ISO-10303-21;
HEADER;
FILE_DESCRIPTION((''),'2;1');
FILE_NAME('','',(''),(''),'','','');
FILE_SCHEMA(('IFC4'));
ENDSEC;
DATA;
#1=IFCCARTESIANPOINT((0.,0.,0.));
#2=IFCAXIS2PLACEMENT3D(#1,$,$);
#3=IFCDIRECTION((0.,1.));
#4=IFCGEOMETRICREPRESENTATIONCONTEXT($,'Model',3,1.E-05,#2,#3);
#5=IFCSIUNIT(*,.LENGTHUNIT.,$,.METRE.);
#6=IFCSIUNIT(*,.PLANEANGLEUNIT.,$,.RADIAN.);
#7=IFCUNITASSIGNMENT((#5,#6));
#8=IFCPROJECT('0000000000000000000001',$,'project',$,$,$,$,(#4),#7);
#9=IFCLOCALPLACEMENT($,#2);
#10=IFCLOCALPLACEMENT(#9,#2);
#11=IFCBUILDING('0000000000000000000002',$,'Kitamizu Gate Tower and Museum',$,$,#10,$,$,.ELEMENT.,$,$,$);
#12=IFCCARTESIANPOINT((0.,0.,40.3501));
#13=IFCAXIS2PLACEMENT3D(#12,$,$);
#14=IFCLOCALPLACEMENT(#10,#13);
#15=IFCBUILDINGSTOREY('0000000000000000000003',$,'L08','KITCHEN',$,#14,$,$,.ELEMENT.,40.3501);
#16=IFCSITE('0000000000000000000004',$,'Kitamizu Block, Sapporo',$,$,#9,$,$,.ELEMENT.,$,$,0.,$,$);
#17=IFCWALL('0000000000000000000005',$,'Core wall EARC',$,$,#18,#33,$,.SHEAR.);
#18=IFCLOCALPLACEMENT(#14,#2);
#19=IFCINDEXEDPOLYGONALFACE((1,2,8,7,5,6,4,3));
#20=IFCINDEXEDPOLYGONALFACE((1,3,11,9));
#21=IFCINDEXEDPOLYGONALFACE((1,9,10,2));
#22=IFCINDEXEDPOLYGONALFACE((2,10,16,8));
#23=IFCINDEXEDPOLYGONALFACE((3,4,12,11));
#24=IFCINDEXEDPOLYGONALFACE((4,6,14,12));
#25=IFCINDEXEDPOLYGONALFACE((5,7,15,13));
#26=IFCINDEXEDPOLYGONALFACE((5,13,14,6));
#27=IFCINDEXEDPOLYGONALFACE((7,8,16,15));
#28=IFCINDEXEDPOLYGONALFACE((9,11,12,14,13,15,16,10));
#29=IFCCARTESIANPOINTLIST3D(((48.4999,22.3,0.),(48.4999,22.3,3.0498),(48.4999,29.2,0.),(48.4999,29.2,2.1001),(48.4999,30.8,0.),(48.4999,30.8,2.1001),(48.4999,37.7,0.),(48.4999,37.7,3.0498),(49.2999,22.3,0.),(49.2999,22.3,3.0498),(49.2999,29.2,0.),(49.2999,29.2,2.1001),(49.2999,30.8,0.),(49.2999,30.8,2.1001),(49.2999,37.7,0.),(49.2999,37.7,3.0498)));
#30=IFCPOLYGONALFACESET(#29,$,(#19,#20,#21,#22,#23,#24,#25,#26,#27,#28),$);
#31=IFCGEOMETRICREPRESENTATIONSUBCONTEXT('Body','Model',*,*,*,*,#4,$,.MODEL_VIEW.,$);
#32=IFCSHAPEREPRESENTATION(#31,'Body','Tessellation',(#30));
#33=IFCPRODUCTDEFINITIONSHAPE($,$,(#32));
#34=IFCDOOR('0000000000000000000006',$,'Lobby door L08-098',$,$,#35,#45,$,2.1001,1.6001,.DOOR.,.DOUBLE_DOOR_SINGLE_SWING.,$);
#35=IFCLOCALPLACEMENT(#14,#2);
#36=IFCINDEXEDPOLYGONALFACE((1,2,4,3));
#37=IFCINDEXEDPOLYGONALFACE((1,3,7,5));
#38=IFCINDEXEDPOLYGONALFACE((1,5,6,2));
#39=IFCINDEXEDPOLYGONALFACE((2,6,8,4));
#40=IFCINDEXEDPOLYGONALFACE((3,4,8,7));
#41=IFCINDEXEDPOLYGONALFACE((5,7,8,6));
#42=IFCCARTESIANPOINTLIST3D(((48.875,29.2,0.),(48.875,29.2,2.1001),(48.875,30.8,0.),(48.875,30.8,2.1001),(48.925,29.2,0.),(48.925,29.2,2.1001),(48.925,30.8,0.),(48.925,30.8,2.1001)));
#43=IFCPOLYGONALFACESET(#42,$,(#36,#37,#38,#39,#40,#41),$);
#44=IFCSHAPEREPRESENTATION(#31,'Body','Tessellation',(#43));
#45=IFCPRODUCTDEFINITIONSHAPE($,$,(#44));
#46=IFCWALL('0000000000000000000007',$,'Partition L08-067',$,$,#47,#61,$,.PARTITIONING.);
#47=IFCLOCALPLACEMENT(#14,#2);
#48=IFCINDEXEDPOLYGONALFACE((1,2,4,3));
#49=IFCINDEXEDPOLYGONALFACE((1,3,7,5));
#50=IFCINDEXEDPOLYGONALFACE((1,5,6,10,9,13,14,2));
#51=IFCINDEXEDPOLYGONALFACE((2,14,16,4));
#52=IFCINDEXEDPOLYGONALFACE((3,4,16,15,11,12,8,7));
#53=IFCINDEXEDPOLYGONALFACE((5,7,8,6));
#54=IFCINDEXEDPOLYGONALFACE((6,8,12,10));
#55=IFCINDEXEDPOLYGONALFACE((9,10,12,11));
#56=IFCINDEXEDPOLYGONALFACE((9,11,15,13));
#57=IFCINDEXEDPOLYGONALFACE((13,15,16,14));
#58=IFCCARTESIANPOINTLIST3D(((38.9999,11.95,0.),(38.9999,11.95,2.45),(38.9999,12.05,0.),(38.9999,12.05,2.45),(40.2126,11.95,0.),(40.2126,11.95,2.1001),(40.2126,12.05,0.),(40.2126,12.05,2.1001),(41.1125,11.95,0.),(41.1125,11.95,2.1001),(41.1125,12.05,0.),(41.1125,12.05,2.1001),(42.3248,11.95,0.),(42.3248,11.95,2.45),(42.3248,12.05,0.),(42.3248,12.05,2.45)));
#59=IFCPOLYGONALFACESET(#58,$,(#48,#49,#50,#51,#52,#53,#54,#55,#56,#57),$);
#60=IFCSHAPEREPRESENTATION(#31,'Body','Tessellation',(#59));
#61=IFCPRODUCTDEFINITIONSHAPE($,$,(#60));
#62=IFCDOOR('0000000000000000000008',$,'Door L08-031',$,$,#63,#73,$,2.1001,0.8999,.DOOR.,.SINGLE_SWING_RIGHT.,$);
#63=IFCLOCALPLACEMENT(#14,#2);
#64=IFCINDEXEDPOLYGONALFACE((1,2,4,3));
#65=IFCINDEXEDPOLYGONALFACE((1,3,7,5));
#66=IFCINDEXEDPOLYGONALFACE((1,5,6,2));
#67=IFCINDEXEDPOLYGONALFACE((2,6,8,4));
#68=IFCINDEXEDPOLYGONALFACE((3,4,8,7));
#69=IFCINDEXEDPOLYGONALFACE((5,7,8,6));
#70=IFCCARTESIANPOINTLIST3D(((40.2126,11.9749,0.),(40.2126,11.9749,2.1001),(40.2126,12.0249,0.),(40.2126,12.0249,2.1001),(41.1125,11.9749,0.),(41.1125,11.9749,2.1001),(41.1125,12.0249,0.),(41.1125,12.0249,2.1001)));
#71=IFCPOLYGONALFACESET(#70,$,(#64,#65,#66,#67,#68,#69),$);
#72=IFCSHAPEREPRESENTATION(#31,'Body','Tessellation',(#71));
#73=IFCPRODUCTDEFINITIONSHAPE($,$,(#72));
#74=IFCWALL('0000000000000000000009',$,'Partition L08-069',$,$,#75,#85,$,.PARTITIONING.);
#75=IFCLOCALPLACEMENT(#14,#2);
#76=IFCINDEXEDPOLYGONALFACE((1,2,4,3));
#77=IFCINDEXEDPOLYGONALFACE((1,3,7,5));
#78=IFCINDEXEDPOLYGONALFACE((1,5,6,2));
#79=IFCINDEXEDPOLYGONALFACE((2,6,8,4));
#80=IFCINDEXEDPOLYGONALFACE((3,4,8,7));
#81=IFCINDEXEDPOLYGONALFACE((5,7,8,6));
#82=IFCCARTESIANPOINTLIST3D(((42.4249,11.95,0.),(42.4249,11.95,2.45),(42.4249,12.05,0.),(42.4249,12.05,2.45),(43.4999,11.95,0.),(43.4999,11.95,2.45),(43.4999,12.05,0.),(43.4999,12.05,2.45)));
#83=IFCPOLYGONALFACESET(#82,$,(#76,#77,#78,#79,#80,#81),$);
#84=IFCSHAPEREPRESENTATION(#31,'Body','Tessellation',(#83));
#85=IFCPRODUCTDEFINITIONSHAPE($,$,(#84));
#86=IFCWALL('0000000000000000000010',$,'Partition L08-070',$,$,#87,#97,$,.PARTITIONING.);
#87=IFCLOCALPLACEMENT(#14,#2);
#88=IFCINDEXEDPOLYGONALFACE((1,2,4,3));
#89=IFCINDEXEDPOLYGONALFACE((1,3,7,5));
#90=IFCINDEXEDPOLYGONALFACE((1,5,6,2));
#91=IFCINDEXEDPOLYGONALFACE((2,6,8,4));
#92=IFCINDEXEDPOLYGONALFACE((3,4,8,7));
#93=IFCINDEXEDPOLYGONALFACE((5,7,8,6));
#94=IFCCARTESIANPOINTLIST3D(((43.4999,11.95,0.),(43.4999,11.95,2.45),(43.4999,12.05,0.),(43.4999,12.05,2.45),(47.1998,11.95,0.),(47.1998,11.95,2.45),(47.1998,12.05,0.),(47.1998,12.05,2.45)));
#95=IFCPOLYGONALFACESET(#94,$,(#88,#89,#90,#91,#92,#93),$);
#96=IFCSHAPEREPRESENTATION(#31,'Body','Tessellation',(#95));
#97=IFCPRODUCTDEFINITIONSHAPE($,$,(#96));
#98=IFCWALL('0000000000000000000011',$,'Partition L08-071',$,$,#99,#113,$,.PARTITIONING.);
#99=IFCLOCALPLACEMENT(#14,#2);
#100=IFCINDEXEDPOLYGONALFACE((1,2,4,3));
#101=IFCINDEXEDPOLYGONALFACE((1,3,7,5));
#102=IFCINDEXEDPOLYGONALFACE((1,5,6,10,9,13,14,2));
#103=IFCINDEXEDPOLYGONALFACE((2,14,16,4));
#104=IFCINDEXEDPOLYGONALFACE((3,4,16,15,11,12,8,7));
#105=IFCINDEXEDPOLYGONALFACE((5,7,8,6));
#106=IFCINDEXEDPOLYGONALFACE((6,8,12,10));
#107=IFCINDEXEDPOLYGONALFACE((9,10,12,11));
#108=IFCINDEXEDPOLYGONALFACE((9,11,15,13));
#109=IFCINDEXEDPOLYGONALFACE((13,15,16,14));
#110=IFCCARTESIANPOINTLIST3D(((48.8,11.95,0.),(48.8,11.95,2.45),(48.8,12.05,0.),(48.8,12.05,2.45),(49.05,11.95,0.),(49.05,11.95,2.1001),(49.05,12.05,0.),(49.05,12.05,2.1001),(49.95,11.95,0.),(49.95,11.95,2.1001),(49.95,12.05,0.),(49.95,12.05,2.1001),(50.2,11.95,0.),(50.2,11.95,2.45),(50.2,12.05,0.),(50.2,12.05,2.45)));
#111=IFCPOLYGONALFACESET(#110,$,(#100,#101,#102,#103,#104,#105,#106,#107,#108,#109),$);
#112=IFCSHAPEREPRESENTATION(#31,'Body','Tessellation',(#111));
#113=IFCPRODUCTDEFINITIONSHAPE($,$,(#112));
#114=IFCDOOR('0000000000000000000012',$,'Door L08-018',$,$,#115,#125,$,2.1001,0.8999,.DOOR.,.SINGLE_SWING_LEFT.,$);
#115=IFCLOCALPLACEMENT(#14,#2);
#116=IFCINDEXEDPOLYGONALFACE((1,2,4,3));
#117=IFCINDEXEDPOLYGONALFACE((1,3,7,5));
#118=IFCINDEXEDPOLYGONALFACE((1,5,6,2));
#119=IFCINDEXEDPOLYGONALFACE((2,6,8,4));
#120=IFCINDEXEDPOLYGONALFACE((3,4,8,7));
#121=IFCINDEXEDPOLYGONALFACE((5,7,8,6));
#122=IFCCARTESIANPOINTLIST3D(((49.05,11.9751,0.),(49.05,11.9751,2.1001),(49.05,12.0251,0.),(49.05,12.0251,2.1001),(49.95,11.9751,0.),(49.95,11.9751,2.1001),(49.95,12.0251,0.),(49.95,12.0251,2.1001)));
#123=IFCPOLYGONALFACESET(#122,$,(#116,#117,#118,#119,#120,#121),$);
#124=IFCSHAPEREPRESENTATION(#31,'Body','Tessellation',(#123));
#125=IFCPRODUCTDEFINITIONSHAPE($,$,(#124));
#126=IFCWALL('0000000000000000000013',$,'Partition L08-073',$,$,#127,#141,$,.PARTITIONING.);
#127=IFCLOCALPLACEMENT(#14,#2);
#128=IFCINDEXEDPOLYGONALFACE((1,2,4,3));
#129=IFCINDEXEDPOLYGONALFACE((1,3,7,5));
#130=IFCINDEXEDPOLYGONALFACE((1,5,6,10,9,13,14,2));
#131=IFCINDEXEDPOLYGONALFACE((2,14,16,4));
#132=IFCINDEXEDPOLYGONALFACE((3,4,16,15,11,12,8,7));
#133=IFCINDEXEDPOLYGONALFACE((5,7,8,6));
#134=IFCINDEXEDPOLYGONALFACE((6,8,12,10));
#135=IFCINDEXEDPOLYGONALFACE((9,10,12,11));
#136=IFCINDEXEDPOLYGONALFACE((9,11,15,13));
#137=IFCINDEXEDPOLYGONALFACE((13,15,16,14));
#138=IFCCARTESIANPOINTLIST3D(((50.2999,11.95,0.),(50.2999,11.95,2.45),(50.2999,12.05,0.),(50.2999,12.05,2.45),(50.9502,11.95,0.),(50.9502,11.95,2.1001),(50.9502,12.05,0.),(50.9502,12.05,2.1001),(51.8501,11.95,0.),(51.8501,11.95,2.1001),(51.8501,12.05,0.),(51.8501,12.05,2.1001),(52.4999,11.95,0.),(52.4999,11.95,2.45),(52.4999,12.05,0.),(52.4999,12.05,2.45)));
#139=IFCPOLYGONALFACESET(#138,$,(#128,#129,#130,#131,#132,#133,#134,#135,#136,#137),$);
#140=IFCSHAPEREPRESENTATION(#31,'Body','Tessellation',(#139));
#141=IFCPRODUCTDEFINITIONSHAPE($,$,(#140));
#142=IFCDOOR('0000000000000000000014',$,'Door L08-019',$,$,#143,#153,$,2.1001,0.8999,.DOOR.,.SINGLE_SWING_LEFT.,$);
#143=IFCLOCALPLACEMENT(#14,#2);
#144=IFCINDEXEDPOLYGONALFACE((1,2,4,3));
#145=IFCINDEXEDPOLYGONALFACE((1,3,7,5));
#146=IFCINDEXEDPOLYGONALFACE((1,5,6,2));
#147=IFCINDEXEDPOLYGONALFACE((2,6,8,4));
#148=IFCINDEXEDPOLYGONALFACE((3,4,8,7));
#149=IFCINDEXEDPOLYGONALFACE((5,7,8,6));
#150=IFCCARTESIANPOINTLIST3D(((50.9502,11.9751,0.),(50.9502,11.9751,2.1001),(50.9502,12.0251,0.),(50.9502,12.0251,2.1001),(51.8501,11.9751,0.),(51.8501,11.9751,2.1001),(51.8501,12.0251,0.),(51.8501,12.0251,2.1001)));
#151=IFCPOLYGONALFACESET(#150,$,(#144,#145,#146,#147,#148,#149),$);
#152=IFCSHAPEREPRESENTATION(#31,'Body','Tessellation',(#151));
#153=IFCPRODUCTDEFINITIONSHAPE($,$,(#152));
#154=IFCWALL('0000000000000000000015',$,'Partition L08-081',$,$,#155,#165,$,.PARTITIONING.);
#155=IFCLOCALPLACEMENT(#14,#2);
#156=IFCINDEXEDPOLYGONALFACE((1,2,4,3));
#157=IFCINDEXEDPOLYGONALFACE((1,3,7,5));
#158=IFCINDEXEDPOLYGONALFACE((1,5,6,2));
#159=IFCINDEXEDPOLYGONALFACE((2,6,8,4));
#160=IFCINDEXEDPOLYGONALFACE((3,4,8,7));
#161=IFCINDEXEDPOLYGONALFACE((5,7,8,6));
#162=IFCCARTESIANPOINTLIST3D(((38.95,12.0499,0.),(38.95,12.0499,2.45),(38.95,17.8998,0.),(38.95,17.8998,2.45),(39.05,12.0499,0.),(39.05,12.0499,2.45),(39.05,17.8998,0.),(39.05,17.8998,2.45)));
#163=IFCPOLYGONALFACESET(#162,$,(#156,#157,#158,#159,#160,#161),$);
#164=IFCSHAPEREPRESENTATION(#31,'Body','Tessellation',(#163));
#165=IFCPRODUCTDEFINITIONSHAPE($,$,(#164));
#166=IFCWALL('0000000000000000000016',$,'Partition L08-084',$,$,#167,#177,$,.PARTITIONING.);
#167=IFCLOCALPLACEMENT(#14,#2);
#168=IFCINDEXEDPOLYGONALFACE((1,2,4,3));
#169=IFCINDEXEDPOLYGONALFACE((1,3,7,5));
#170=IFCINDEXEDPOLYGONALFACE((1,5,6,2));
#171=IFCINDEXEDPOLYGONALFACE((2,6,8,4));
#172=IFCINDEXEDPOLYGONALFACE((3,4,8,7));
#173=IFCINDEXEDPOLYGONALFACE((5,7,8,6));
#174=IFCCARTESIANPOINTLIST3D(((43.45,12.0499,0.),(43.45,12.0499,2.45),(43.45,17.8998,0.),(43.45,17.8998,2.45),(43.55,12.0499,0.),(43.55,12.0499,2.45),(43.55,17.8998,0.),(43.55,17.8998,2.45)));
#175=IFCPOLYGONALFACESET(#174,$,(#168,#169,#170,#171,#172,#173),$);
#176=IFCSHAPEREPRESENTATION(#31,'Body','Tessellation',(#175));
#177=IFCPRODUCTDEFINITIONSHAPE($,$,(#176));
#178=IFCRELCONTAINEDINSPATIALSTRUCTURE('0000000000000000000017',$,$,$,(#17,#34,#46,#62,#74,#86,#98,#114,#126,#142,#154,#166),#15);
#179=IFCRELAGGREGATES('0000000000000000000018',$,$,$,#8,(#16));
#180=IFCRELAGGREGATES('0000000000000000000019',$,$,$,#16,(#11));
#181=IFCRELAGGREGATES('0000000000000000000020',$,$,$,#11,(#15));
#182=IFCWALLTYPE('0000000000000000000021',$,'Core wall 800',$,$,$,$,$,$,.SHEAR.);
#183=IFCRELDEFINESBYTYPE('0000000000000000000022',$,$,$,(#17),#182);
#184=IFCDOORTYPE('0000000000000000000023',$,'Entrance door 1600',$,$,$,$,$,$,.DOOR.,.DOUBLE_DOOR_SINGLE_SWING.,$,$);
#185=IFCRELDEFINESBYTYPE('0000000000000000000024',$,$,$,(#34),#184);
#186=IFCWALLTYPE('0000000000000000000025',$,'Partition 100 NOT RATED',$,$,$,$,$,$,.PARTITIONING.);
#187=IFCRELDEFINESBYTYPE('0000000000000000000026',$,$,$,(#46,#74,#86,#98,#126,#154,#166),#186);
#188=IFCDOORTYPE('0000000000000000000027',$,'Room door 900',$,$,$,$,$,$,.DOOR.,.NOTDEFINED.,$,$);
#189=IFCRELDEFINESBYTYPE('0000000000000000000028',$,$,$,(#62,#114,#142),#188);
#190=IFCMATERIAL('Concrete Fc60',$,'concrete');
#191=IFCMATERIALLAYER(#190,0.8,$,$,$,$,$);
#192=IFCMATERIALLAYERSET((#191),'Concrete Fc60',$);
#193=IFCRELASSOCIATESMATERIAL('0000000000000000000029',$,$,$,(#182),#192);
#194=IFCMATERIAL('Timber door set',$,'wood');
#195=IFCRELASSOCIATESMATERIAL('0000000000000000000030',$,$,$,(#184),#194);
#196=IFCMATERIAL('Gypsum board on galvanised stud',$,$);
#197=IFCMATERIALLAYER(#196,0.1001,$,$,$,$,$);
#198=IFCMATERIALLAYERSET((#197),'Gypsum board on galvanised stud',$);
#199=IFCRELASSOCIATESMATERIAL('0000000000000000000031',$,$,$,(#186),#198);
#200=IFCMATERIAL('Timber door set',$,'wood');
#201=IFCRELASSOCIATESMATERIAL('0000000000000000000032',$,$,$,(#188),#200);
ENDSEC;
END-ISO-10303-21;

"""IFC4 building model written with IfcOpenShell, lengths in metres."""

from ifc_helpers import new_model, si_unit, direction, frame, frame_2d, origin, place, context, subcontext, project, spatial, rectangle, extrude, material, layer, layer_set, type_object, element, fill, save


model = new_model("IFC4")

# Units and contexts
model_context = context("Model", 3, precision=1e-05, world=origin(), true_north=direction((0.0, 1.0)))
body_context = subcontext(model_context, "Body", "Model", "MODEL_VIEW")
ifc_project = project(units=[si_unit("LENGTHUNIT", "METRE"), si_unit("PLANEANGLEUNIT", "RADIAN")], contexts=[model_context])

# Site, building, storey
site_placement = place(None, origin())
site = spatial("IfcSite", under=ifc_project, at=site_placement, Name="Kitamizu Block, Sapporo", CompositionType="ELEMENT", RefElevation=0.0)
building_placement = place(site_placement, origin())
building = spatial("IfcBuilding", under=site, at=building_placement, Name="Kitamizu Gate Tower and Museum", CompositionType="ELEMENT")
storey_placement = place(building_placement, frame((0.0, 0.0, 40.3501)))
storey = spatial("IfcBuildingStorey", under=building, at=storey_placement, Name="L08", Description="KITCHEN", CompositionType="ELEMENT", Elevation=40.3501)

# Walls, openings, doors
ifc_material_1 = material(Name="Concrete Fc60", Category="concrete")
ifc_layer_1 = layer(ifc_material_1, 0.8)
ifc_layer_set_1 = layer_set([ifc_layer_1], Name="Concrete Fc60")
wall_type_1 = type_object("IfcWallType", Name="Core wall 800", PredefinedType="SHEAR", material=ifc_layer_set_1)
wall_1_placement = place(storey_placement, frame((48.8999, 22.3, 0.0), z_axis=(0.0, 0.0, 1.0), x_axis=(0.0, 1.0, 0.0)))
wall_1 = element("IfcWall", 1, at=wall_1_placement, inside=storey, type_object=wall_type_1, Name="Core wall EARC", PredefinedType="SHEAR", context=body_context, shape_type="SweptSolid", body=[
    extrude(rectangle(XDim=15.3999, YDim=0.8, at=frame_2d((7.7, 0.0))), origin(), (0.0, 0.0, 1.0), 3.0498),
])
opening_1_placement = place(wall_1_placement, frame((6.8999, 0.0, 0.0)))
opening_1 = element("IfcOpeningElement", 2, at=opening_1_placement, cuts=wall_1, PredefinedType="OPENING", context=body_context, shape_type="SweptSolid", body=[
    extrude(rectangle(XDim=1.6001, YDim=2.1001, at=frame_2d((0.8, 1.05))), frame((0.0, 0.4102, 0.0), z_axis=(0.0, -1.0, 0.0), x_axis=(1.0, 0.0, 0.0)), (0.0, 0.0, 1.0), 0.8201),
])
ifc_material_2 = material(Name="Timber door set", Category="wood")
door_type_1 = type_object("IfcDoorType", Name="Entrance door 1600", OperationType="DOUBLE_DOOR_SINGLE_SWING", PredefinedType="DOOR", material=ifc_material_2)
door_1_placement = place(opening_1_placement, origin())
door_1 = element("IfcDoor", 3, at=door_1_placement, inside=storey, type_object=door_type_1, Name="Lobby door L08-098", OperationType="DOUBLE_DOOR_SINGLE_SWING", OverallHeight=2.1001, OverallWidth=1.6001, PredefinedType="DOOR", context=body_context, shape_type="SweptSolid", body=[
    extrude(rectangle(XDim=1.6001, YDim=2.1001, at=frame_2d((0.8, 1.05))), frame((0.0, 0.0249, 0.0), z_axis=(0.0, -1.0, 0.0), x_axis=(1.0, 0.0, 0.0)), (0.0, 0.0, 1.0), 0.05),
])
fill(opening_1, door_1)
ifc_material_3 = material(Name="Gypsum board on galvanised stud")
ifc_layer_2 = layer(ifc_material_3, 0.1001)
ifc_layer_set_2 = layer_set([ifc_layer_2], Name="Gypsum board on galvanised stud")
wall_type_2 = type_object("IfcWallType", Name="Partition 100 NOT RATED", PredefinedType="PARTITIONING", material=ifc_layer_set_2)
wall_2_placement = place(storey_placement, frame((42.325, 12.0, 0.0), z_axis=(0.0, 0.0, 1.0), x_axis=(-1.0, 0.0, 0.0)))
wall_2 = element("IfcWall", 4, at=wall_2_placement, inside=storey, type_object=wall_type_2, Name="Partition L08-067", PredefinedType="PARTITIONING", context=body_context, shape_type="SweptSolid", body=[
    extrude(rectangle(XDim=3.325, YDim=0.1001, at=frame_2d((1.6626, 0.0))), origin(), (0.0, 0.0, 1.0), 2.45),
])
opening_2_placement = place(wall_2_placement, frame((1.2124, 0.0, 0.0)))
opening_2 = element("IfcOpeningElement", 5, at=opening_2_placement, cuts=wall_2, PredefinedType="OPENING", context=body_context, shape_type="SweptSolid", body=[
    extrude(rectangle(XDim=0.8999, YDim=2.1001, at=frame_2d((0.45, 1.05))), frame((0.0, 0.0601, 0.0), z_axis=(0.0, -1.0, 0.0), x_axis=(1.0, 0.0, 0.0)), (0.0, 0.0, 1.0), 0.1201),
])
ifc_material_4 = material(Name="Timber door set", Category="wood")
door_type_2 = type_object("IfcDoorType", Name="Room door 900", OperationType="NOTDEFINED", PredefinedType="DOOR", material=ifc_material_4)
door_2_placement = place(opening_2_placement, frame((0.8999, 0.0, 0.0), x_axis=(-1.0, 0.0, 0.0)))
door_2 = element("IfcDoor", 6, at=door_2_placement, inside=storey, type_object=door_type_2, Name="Door L08-031", OperationType="SINGLE_SWING_RIGHT", OverallHeight=2.1001, OverallWidth=0.8999, PredefinedType="DOOR", context=body_context, shape_type="SweptSolid", body=[
    extrude(rectangle(XDim=0.8999, YDim=2.1001, at=frame_2d((0.45, 1.05))), frame((0.0, 0.0249, 0.0), z_axis=(0.0, -1.0, 0.0), x_axis=(1.0, 0.0, 0.0)), (0.0, 0.0, 1.0), 0.05),
])
fill(opening_2, door_2)

# Walls
wall_3_placement = place(storey_placement, frame((43.5, 12.0, 0.0), z_axis=(0.0, 0.0, 1.0), x_axis=(-1.0, 0.0, 0.0)))
element("IfcWall", 7, at=wall_3_placement, inside=storey, type_object=wall_type_2, Name="Partition L08-069", PredefinedType="PARTITIONING", context=body_context, shape_type="SweptSolid", body=[
    extrude(rectangle(XDim=1.075, YDim=0.1001, at=frame_2d((0.5376, 0.0))), origin(), (0.0, 0.0, 1.0), 2.45),
])
wall_4_placement = place(storey_placement, frame((47.2, 12.0, 0.0), z_axis=(0.0, 0.0, 1.0), x_axis=(-1.0, 0.0, 0.0)))
element("IfcWall", 8, at=wall_4_placement, inside=storey, type_object=wall_type_2, Name="Partition L08-070", PredefinedType="PARTITIONING", context=body_context, shape_type="SweptSolid", body=[
    extrude(rectangle(XDim=3.7, YDim=0.1001, at=frame_2d((1.8501, 0.0))), origin(), (0.0, 0.0, 1.0), 2.45),
])

# Walls, openings, doors
wall_5_placement = place(storey_placement, frame((50.2, 12.0, 0.0), z_axis=(0.0, 0.0, 1.0), x_axis=(-1.0, 0.0, 0.0)))
wall_5 = element("IfcWall", 9, at=wall_5_placement, inside=storey, type_object=wall_type_2, Name="Partition L08-071", PredefinedType="PARTITIONING", context=body_context, shape_type="SweptSolid", body=[
    extrude(rectangle(XDim=1.3999, YDim=0.1001, at=frame_2d((0.7, 0.0))), origin(), (0.0, 0.0, 1.0), 2.45),
])
opening_3_placement = place(wall_5_placement, frame((0.25, 0.0, 0.0)))
opening_3 = element("IfcOpeningElement", 10, at=opening_3_placement, cuts=wall_5, PredefinedType="OPENING", context=body_context, shape_type="SweptSolid", body=[
    extrude(rectangle(XDim=0.8999, YDim=2.1001, at=frame_2d((0.45, 1.05))), frame((0.0, 0.0601, 0.0), z_axis=(0.0, -1.0, 0.0), x_axis=(1.0, 0.0, 0.0)), (0.0, 0.0, 1.0), 0.1201),
])
door_3_placement = place(opening_3_placement, origin())
door_3 = element("IfcDoor", 11, at=door_3_placement, inside=storey, type_object=door_type_2, Name="Door L08-018", OperationType="SINGLE_SWING_LEFT", OverallHeight=2.1001, OverallWidth=0.8999, PredefinedType="DOOR", context=body_context, shape_type="SweptSolid", body=[
    extrude(rectangle(XDim=0.8999, YDim=2.1001, at=frame_2d((0.45, 1.05))), frame((0.0, 0.0249, 0.0), z_axis=(0.0, -1.0, 0.0), x_axis=(1.0, 0.0, 0.0)), (0.0, 0.0, 1.0), 0.05),
])
fill(opening_3, door_3)
wall_6_placement = place(storey_placement, frame((52.5, 12.0, 0.0), z_axis=(0.0, 0.0, 1.0), x_axis=(-1.0, 0.0, 0.0)))
wall_6 = element("IfcWall", 12, at=wall_6_placement, inside=storey, type_object=wall_type_2, Name="Partition L08-073", PredefinedType="PARTITIONING", context=body_context, shape_type="SweptSolid", body=[
    extrude(rectangle(XDim=2.2, YDim=0.1001, at=frame_2d((1.1001, 0.0))), origin(), (0.0, 0.0, 1.0), 2.45),
])
opening_4_placement = place(wall_6_placement, frame((0.6499, 0.0, 0.0)))
opening_4 = element("IfcOpeningElement", 13, at=opening_4_placement, cuts=wall_6, PredefinedType="OPENING", context=body_context, shape_type="SweptSolid", body=[
    extrude(rectangle(XDim=0.8999, YDim=2.1001, at=frame_2d((0.45, 1.05))), frame((0.0, 0.0601, 0.0), z_axis=(0.0, -1.0, 0.0), x_axis=(1.0, 0.0, 0.0)), (0.0, 0.0, 1.0), 0.1201),
])
door_4_placement = place(opening_4_placement, origin())
door_4 = element("IfcDoor", 14, at=door_4_placement, inside=storey, type_object=door_type_2, Name="Door L08-019", OperationType="SINGLE_SWING_LEFT", OverallHeight=2.1001, OverallWidth=0.8999, PredefinedType="DOOR", context=body_context, shape_type="SweptSolid", body=[
    extrude(rectangle(XDim=0.8999, YDim=2.1001, at=frame_2d((0.45, 1.05))), frame((0.0, 0.0249, 0.0), z_axis=(0.0, -1.0, 0.0), x_axis=(1.0, 0.0, 0.0)), (0.0, 0.0, 1.0), 0.05),
])
fill(opening_4, door_4)

# Walls
for number, where, z_axis, x_axis, name in (
    (15, (39.0, 12.05, 0.0), (0.0, 0.0, 1.0), (0.0, 1.0, 0.0), "Partition L08-081"),
    (16, (43.5, 12.05, 0.0), (0.0, 0.0, 1.0), (0.0, 1.0, 0.0), "Partition L08-084"),
):
    element("IfcWall", number, at=place(storey_placement, frame(where, z_axis=z_axis, x_axis=x_axis)), inside=storey, type_object=wall_type_2, Name=name, PredefinedType="PARTITIONING", context=body_context, shape_type="SweptSolid", body=[
        extrude(rectangle(XDim=5.8499, YDim=0.1001, at=frame_2d((2.9248, 0.0))), origin(), (0.0, 0.0, 1.0), 2.45),
    ])

save(model, "model.ifc")
